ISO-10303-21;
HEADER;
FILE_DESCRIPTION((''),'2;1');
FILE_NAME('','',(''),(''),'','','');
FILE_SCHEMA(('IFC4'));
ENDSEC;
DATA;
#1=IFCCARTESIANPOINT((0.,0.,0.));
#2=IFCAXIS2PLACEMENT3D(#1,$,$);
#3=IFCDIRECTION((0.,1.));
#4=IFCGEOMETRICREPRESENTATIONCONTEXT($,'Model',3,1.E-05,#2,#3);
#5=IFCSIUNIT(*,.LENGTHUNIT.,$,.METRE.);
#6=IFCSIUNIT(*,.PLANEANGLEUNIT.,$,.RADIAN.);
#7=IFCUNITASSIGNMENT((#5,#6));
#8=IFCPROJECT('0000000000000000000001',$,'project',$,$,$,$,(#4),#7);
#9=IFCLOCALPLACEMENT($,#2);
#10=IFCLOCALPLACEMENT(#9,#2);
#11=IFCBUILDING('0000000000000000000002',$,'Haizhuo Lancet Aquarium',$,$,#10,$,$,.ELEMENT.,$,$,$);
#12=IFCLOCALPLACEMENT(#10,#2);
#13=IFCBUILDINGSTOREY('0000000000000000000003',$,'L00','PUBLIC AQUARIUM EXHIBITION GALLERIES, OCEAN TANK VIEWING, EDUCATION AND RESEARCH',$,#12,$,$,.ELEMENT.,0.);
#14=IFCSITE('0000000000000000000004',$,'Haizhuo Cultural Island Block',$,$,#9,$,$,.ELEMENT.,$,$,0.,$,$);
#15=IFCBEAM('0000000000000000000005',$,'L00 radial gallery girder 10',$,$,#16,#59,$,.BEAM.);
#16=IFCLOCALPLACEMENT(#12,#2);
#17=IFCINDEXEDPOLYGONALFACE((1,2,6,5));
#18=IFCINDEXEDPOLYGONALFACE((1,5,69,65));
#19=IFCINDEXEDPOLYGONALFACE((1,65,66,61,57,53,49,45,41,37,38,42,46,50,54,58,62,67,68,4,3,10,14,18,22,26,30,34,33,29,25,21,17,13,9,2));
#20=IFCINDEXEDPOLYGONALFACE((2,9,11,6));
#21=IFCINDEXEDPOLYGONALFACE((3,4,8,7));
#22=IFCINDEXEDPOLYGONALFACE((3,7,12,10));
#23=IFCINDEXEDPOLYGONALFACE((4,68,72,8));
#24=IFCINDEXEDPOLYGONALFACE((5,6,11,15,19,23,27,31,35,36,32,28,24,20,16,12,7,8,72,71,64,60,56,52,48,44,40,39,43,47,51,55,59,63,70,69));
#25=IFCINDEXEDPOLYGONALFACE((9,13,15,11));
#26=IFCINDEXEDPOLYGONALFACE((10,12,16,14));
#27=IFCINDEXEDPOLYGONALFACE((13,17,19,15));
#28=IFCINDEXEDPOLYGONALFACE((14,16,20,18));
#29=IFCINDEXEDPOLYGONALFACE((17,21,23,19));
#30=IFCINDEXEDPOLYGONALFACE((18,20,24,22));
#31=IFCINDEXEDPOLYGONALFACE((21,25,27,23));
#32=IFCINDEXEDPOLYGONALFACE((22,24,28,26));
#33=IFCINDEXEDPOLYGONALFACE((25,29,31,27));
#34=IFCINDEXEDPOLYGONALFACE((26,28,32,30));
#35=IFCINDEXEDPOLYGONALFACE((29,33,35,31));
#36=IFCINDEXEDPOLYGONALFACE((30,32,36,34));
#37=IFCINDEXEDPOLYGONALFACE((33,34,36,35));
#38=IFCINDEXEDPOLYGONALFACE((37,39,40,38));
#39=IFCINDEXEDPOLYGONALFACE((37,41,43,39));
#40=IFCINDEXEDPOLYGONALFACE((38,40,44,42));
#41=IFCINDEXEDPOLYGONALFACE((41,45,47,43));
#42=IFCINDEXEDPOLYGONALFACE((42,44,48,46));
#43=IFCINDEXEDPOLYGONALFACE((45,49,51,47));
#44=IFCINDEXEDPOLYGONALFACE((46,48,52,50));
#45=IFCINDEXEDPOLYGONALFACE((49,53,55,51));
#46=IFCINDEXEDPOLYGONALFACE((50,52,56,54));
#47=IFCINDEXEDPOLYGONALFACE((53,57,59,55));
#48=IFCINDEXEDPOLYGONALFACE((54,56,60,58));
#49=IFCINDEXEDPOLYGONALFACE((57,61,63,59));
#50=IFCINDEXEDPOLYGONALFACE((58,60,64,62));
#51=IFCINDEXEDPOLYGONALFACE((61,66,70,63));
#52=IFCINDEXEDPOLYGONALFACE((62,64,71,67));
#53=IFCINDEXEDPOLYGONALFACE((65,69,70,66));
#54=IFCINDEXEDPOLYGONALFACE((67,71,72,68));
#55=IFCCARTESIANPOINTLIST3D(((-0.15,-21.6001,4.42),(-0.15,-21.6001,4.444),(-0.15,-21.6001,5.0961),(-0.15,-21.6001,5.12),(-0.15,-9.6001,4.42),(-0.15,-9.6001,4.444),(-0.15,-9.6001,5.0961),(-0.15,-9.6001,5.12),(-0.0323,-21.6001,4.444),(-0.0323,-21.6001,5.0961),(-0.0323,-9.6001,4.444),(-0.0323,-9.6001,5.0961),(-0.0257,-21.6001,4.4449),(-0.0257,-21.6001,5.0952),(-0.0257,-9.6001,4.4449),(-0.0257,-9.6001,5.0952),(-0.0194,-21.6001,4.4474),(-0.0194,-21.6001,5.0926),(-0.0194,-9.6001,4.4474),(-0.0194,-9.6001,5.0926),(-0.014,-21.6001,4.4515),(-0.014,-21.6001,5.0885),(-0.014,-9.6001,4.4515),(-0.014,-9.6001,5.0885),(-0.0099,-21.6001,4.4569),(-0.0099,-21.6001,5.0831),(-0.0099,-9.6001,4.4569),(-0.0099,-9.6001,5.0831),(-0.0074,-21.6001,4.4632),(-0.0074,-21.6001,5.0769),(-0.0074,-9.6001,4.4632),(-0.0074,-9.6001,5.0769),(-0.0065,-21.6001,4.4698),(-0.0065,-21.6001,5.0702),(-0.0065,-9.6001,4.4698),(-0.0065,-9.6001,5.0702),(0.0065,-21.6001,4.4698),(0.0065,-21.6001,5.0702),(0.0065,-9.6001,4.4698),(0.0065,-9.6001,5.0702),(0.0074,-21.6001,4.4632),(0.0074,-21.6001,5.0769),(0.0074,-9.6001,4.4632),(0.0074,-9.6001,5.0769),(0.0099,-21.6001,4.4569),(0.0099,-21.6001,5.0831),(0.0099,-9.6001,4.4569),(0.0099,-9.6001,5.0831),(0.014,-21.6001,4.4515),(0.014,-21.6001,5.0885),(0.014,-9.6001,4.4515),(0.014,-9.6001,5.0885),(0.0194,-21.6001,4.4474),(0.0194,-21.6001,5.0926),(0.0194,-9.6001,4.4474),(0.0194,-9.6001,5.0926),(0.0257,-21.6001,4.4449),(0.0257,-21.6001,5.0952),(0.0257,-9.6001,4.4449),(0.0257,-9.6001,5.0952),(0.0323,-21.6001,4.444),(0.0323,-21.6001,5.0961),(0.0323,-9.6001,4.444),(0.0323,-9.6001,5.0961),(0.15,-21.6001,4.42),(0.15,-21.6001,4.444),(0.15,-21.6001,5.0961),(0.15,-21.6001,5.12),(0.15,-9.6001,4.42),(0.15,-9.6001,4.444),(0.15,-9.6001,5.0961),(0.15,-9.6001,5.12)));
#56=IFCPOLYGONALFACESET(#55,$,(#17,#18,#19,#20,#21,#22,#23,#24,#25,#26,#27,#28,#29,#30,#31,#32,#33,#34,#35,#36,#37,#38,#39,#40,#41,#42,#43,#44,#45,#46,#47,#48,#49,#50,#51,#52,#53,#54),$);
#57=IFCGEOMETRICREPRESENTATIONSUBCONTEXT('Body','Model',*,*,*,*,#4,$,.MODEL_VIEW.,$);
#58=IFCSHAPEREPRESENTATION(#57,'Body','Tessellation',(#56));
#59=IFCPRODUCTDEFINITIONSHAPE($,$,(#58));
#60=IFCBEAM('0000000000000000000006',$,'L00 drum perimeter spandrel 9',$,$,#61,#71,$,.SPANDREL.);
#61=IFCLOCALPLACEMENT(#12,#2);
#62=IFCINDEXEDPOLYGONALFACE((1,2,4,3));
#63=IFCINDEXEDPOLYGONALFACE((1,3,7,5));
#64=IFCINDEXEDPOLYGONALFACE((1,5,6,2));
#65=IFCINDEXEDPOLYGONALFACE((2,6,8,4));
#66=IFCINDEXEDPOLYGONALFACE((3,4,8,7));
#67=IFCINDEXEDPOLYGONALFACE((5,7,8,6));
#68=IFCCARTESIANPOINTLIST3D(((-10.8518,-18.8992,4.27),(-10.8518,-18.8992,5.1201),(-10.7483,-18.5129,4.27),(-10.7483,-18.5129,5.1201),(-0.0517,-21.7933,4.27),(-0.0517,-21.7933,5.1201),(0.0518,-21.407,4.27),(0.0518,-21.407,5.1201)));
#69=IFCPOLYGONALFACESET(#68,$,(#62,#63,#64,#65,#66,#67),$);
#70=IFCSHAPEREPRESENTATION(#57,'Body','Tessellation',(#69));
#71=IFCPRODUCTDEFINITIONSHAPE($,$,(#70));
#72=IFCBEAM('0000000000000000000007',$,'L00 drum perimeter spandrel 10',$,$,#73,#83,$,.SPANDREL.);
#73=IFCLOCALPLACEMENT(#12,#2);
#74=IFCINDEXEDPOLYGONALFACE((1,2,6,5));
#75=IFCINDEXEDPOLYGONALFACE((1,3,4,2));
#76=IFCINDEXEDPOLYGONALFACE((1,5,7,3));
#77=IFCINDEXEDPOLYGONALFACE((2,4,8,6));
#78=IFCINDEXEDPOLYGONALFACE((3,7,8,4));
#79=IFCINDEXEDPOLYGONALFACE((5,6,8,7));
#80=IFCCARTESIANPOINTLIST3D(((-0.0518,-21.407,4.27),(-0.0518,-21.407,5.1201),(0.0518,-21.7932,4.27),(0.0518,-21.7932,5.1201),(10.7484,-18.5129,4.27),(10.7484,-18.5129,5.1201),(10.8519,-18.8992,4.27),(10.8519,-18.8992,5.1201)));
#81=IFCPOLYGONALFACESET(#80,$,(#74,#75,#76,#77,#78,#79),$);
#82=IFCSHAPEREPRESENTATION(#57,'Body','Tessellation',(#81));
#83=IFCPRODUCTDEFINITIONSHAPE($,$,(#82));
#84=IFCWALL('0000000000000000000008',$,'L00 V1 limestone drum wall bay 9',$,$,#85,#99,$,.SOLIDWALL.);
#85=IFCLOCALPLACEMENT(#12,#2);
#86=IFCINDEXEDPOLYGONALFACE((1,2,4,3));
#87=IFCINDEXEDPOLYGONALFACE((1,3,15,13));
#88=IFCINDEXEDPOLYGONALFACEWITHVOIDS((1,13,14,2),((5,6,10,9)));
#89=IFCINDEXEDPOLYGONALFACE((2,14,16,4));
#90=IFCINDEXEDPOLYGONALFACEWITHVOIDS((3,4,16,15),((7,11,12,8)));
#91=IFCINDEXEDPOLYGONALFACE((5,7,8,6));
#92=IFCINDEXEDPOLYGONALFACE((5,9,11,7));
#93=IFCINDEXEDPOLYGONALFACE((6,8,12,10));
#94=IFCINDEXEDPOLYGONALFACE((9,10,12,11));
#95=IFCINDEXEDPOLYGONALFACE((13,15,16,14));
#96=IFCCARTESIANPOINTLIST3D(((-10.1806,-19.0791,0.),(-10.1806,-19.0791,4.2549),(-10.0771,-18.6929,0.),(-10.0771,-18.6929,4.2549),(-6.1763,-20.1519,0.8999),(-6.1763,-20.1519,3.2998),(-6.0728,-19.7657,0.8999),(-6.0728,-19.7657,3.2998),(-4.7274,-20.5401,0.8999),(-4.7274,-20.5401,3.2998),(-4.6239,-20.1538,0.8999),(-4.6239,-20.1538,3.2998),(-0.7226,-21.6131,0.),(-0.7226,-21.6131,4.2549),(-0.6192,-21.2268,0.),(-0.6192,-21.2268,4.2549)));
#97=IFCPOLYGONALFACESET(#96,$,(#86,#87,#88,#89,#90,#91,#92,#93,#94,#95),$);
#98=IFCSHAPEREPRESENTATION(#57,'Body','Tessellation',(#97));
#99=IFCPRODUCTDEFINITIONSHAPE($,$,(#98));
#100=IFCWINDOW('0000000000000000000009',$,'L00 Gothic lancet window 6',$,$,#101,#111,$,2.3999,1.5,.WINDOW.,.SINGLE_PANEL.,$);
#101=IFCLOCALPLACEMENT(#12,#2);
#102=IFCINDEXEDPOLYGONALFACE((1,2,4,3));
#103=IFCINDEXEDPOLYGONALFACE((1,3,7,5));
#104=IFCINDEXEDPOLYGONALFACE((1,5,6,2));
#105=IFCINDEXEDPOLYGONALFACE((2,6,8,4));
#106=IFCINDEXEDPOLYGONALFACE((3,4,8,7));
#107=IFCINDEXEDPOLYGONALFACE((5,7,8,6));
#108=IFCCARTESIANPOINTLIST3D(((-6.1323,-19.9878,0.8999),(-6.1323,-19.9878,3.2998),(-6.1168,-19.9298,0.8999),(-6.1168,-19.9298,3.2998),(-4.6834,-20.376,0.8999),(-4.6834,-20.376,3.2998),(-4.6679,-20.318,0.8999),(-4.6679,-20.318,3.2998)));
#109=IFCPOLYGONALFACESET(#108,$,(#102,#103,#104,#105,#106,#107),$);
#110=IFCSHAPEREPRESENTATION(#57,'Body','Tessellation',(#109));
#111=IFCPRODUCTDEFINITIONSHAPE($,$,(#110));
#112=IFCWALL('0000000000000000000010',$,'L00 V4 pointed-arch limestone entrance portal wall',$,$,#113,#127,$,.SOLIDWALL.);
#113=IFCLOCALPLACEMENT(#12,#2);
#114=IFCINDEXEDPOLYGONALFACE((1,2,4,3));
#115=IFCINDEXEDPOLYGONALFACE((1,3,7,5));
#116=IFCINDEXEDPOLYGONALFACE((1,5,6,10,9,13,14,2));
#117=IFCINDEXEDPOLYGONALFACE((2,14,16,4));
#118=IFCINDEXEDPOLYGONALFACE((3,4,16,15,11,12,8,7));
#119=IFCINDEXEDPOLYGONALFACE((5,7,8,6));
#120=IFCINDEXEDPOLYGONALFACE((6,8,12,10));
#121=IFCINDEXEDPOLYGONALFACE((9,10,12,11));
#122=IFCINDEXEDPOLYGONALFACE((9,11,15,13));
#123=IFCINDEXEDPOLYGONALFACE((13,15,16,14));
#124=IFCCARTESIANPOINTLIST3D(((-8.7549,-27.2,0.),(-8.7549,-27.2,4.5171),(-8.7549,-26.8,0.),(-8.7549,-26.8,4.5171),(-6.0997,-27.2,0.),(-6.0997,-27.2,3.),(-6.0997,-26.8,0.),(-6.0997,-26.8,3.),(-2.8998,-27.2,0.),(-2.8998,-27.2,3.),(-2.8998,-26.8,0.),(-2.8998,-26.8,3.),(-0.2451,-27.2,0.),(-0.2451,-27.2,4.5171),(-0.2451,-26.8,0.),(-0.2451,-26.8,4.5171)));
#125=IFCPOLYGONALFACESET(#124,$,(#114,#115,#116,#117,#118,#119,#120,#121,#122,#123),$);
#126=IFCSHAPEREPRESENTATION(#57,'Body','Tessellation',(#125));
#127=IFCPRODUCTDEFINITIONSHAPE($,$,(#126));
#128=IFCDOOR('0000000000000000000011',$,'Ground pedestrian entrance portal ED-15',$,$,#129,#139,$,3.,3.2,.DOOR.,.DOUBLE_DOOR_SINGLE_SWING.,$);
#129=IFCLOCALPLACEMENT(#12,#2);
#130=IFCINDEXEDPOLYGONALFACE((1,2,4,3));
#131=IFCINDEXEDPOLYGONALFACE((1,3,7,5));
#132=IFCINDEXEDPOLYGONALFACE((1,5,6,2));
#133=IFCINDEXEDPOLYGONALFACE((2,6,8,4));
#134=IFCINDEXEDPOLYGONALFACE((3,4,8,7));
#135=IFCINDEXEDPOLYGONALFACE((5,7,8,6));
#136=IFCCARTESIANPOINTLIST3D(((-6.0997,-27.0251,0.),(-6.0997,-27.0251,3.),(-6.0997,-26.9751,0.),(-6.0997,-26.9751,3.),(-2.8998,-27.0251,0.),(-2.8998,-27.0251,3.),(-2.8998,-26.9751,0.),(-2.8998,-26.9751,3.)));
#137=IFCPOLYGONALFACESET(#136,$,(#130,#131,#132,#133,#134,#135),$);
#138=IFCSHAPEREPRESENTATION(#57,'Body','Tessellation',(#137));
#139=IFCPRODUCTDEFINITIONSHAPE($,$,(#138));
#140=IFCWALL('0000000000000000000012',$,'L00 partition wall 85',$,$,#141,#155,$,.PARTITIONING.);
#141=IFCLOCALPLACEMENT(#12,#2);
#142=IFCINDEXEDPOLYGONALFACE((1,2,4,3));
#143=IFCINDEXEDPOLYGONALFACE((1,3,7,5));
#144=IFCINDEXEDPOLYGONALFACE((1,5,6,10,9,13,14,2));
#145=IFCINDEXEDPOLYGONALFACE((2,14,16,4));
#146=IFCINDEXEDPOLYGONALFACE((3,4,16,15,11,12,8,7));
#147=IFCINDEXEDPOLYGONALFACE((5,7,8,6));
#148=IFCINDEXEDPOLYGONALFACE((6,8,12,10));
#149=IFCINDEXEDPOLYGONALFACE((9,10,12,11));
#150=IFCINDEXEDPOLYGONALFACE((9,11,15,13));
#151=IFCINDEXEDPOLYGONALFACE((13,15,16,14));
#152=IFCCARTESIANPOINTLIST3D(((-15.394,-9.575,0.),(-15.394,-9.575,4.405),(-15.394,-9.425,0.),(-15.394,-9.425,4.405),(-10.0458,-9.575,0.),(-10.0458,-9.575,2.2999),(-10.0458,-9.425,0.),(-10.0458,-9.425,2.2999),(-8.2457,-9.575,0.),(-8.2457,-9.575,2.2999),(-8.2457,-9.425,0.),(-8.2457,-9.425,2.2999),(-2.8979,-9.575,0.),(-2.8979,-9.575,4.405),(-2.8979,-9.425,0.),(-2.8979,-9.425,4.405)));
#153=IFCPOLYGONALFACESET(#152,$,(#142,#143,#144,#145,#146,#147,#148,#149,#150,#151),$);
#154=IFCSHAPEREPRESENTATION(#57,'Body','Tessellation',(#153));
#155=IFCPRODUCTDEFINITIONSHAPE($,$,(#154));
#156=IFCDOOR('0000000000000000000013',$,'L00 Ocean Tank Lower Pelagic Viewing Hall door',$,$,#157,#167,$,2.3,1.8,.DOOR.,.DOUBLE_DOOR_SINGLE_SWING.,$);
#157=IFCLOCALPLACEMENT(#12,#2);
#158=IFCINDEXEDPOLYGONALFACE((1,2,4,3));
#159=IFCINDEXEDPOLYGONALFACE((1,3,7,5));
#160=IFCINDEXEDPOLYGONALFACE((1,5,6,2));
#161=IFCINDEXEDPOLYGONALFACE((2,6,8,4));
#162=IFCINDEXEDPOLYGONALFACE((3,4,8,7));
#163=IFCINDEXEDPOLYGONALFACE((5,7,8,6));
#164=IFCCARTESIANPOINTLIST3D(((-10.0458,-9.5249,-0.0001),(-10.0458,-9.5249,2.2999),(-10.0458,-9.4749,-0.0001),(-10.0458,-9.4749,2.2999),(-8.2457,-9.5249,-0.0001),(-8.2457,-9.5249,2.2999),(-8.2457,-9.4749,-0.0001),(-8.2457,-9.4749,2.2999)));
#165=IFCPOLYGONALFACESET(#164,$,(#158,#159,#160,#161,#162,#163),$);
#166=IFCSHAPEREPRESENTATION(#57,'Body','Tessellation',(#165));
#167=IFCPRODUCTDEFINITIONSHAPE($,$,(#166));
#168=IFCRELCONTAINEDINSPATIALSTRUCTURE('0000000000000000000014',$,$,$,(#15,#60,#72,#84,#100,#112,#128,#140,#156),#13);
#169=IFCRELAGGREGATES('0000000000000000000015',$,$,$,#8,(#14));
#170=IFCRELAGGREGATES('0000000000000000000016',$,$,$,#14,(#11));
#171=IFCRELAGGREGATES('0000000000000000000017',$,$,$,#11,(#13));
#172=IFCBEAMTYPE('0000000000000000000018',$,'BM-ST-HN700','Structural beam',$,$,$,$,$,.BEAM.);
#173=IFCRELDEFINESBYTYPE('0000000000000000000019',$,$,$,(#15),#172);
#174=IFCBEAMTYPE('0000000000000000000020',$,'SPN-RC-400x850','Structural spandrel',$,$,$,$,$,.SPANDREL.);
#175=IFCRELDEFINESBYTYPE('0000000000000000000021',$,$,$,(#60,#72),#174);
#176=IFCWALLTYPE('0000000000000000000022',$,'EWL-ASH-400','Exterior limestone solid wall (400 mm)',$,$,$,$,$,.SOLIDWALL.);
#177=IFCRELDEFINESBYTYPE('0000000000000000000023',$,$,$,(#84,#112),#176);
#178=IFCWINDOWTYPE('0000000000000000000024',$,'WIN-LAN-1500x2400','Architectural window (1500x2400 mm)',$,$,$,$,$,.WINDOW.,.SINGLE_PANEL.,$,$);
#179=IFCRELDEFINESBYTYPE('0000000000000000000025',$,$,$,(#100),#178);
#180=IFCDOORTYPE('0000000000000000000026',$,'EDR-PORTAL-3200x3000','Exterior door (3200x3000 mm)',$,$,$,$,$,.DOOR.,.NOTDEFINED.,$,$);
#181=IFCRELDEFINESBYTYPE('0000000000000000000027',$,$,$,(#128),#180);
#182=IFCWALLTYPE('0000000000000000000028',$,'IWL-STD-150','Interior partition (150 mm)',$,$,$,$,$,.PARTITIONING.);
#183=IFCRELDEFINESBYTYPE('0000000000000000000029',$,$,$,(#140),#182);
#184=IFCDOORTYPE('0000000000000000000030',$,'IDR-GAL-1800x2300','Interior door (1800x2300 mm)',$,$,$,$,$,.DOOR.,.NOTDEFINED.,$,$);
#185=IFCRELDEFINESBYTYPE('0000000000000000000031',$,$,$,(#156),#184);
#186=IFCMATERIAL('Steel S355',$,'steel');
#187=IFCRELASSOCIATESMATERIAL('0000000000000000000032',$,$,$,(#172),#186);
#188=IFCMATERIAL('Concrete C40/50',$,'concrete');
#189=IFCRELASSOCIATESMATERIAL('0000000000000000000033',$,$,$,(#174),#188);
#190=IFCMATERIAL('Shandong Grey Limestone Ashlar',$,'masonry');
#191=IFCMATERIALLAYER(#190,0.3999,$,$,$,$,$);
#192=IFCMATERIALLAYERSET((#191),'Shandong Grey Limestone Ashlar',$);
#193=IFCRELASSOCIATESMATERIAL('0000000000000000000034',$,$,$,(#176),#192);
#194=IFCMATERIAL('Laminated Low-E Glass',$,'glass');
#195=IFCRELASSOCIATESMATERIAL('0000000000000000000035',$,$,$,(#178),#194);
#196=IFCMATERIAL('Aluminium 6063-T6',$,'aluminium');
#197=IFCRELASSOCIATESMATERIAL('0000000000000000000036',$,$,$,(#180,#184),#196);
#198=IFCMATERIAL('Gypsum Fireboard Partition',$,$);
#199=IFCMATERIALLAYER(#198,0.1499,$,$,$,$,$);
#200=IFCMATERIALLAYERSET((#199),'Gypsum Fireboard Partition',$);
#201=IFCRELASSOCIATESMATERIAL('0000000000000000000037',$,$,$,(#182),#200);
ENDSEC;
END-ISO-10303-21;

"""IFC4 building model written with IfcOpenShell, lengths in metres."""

from ifc_helpers import new_model, si_unit, direction, frame, frame_2d, origin, origin_2d, place, context, subcontext, project, spatial, rectangle, i_section, extrude, material, layer, layer_set, material_profile, profile_set, type_object, element, fill, save


model = new_model("IFC4")

# Units and contexts
model_context = context("Model", 3, precision=1e-05, world=origin(), true_north=direction((0.0, 1.0)))
body_context = subcontext(model_context, "Body", "Model", "MODEL_VIEW")
ifc_project = project(units=[si_unit("LENGTHUNIT", "METRE"), si_unit("PLANEANGLEUNIT", "RADIAN")], contexts=[model_context])

# Site, building, storey
site_placement = place(None, origin())
site = spatial("IfcSite", under=ifc_project, at=site_placement, Name="Haizhuo Cultural Island Block", CompositionType="ELEMENT", RefElevation=0.0)
building_placement = place(site_placement, origin())
building = spatial("IfcBuilding", under=site, at=building_placement, Name="Haizhuo Lancet Aquarium", CompositionType="ELEMENT")
storey_placement = place(building_placement, origin())
storey = spatial("IfcBuildingStorey", under=building, at=storey_placement, Name="L00", Description="PUBLIC AQUARIUM EXHIBITION GALLERIES, OCEAN TANK VIEWING, EDUCATION AND RESEARCH", CompositionType="ELEMENT", Elevation=0.0)

# Shared definitions
ifc_material_1 = material(Name="Steel S355", Category="steel")

# Beams
ifc_material_2 = material(Name="Concrete C40/50", Category="concrete")
ifc_material_profile_1 = material_profile(ifc_material_1, i_section(OverallWidth=0.3, OverallDepth=0.7, WebThickness=0.0129, FlangeThickness=0.0239, FilletRadius=0.0259, at=origin_2d()), Name="HN 700x300x13x24")
ifc_profile_set_1 = profile_set([ifc_material_profile_1], Name="Steel S355")
beam_type_1 = type_object("IfcBeamType", Name="BM-ST-HN700", Description="Structural beam", PredefinedType="BEAM", material=ifc_profile_set_1)
beam_1_placement = place(storey_placement, frame((0.0, -9.6001, 4.77), z_axis=(0.0, -1.0, 0.0), x_axis=(1.0, 0.0, 0.0)))
element("IfcBeam", 1, at=beam_1_placement, inside=storey, type_object=beam_type_1, Name="L00 radial gallery girder 10", PredefinedType="BEAM", context=body_context, shape_type="SweptSolid", body=[
    extrude(i_section(OverallWidth=0.3, OverallDepth=0.7, WebThickness=0.0129, FlangeThickness=0.0239, FilletRadius=0.0259, at=origin_2d()), origin(), (0.0, 0.0, 1.0), 12.0),
])
ifc_material_profile_2 = material_profile(ifc_material_2, rectangle(XDim=0.3999, YDim=0.8501, at=origin_2d()), Name="RC-SP 400x850")
ifc_profile_set_2 = profile_set([ifc_material_profile_2], Name="Concrete C40/50")
beam_type_2 = type_object("IfcBeamType", Name="SPN-RC-400x850", Description="Structural spandrel", PredefinedType="SPANDREL", material=ifc_profile_set_2)
for number, where, z_axis, x_axis, name in (
    (2, (-10.8, -18.7061, 4.6951), (0.965922, -0.258834, 0.0), (0.258834, 0.965922, 0.0), "L00 drum perimeter spandrel 9"),
    (3, (0.0, -21.6001, 4.6951), (0.965922, 0.258834, 0.0), (-0.258834, 0.965922, 0.0), "L00 drum perimeter spandrel 10"),
):
    element("IfcBeam", number, at=place(storey_placement, frame(where, z_axis=z_axis, x_axis=x_axis)), inside=storey, type_object=beam_type_2, Name=name, PredefinedType="SPANDREL", context=body_context, shape_type="SweptSolid", body=[
        extrude(rectangle(XDim=0.3999, YDim=0.8501, at=origin_2d()), origin(), (0.0, 0.0, 1.0), 11.1812),
    ])

# Wall, opening, window
ifc_material_3 = material(Name="Shandong Grey Limestone Ashlar", Category="masonry")
ifc_layer_1 = layer(ifc_material_3, 0.3999)
ifc_layer_set_1 = layer_set([ifc_layer_1], Name="Shandong Grey Limestone Ashlar")
wall_type_1 = type_object("IfcWallType", Name="EWL-ASH-400", Description="Exterior limestone solid wall (400 mm)", PredefinedType="SOLIDWALL", material=ifc_layer_set_1)
wall_1_placement = place(storey_placement, frame((-0.6709, -21.4199, 0.0), z_axis=(0.0, 0.0, 1.0), x_axis=(-0.965934, 0.258788, 0.0)))
wall_1 = element("IfcWall", 4, at=wall_1_placement, inside=storey, type_object=wall_type_1, Name="L00 V1 limestone drum wall bay 9", PredefinedType="SOLIDWALL", context=body_context, shape_type="SweptSolid", body=[
    extrude(rectangle(XDim=9.7915, YDim=0.3999, at=frame_2d((4.8958, 0.0))), origin(), (0.0, 0.0, 1.0), 4.2549),
])
opening_1_placement = place(wall_1_placement, frame((4.146, 0.0, 0.8999)))
opening_1 = element("IfcOpeningElement", 5, at=opening_1_placement, cuts=wall_1, PredefinedType="OPENING", context=body_context, shape_type="SweptSolid", body=[
    extrude(rectangle(XDim=1.5, YDim=2.3999, at=frame_2d((0.75, 1.2))), frame((0.0, 0.21, 0.0), z_axis=(0.0, -1.0, 0.0), x_axis=(1.0, 0.0, 0.0)), (0.0, 0.0, 1.0), 0.4199),
])
ifc_material_4 = material(Name="Laminated Low-E Glass", Category="glass")
window_type = type_object("IfcWindowType", Name="WIN-LAN-1500x2400", Description="Architectural window (1500x2400 mm)", PartitioningType="SINGLE_PANEL", PredefinedType="WINDOW", material=ifc_material_4)
window_placement = place(opening_1_placement, origin())
window = element("IfcWindow", 6, at=window_placement, inside=storey, type_object=window_type, Name="L00 Gothic lancet window 6", OverallHeight=2.3999, OverallWidth=1.5, PartitioningType="SINGLE_PANEL", PredefinedType="WINDOW", context=body_context, shape_type="SweptSolid", body=[
    extrude(rectangle(XDim=1.5, YDim=2.3999, at=frame_2d((0.75, 1.2))), frame((0.0, 0.03, 0.0), z_axis=(0.0, -1.0, 0.0), x_axis=(1.0, 0.0, 0.0)), (0.0, 0.0, 1.0), 0.0601),
])
fill(opening_1, window)

# Walls, openings, doors
wall_2_placement = place(storey_placement, frame((-8.7549, -27.0, 0.0), z_axis=(0.0, 0.0, 1.0), x_axis=(1.0, 0.0, 0.0)))
wall_2 = element("IfcWall", 7, at=wall_2_placement, inside=storey, type_object=wall_type_1, Name="L00 V4 pointed-arch limestone entrance portal wall", PredefinedType="SOLIDWALL", context=body_context, shape_type="SweptSolid", body=[
    extrude(rectangle(XDim=8.5098, YDim=0.3999, at=frame_2d((4.2549, 0.0))), origin(), (0.0, 0.0, 1.0), 4.5171),
])
opening_2_placement = place(wall_2_placement, frame((2.655, 0.0, 0.0)))
opening_2 = element("IfcOpeningElement", 8, at=opening_2_placement, cuts=wall_2, PredefinedType="OPENING", context=body_context, shape_type="SweptSolid", body=[
    extrude(rectangle(XDim=3.2, YDim=3.0, at=frame_2d((1.6001, 1.5))), frame((0.0, 0.21, 0.0), z_axis=(0.0, -1.0, 0.0), x_axis=(1.0, 0.0, 0.0)), (0.0, 0.0, 1.0), 0.4199),
])
ifc_material_5 = material(Name="Aluminium 6063-T6", Category="aluminium")
door_type_1 = type_object("IfcDoorType", Name="EDR-PORTAL-3200x3000", Description="Exterior door (3200x3000 mm)", OperationType="NOTDEFINED", PredefinedType="DOOR", material=ifc_material_5)
door_1_placement = place(opening_2_placement, origin())
door_1 = element("IfcDoor", 9, at=door_1_placement, inside=storey, type_object=door_type_1, Name="Ground pedestrian entrance portal ED-15", OperationType="DOUBLE_DOOR_SINGLE_SWING", OverallHeight=3.0, OverallWidth=3.2, PredefinedType="DOOR", context=body_context, shape_type="SweptSolid", body=[
    extrude(rectangle(XDim=3.2, YDim=3.0, at=frame_2d((1.6001, 1.5))), frame((0.0, 0.0249, 0.0), z_axis=(0.0, -1.0, 0.0), x_axis=(1.0, 0.0, 0.0)), (0.0, 0.0, 1.0), 0.05),
])
fill(opening_2, door_1)
ifc_material_6 = material(Name="Gypsum Fireboard Partition")
ifc_layer_2 = layer(ifc_material_6, 0.1499)
ifc_layer_set_2 = layer_set([ifc_layer_2], Name="Gypsum Fireboard Partition")
wall_type_2 = type_object("IfcWallType", Name="IWL-STD-150", Description="Interior partition (150 mm)", PredefinedType="PARTITIONING", material=ifc_layer_set_2)
wall_3_placement = place(storey_placement, frame((-2.8979, -9.5, 0.0), z_axis=(0.0, 0.0, 1.0), x_axis=(-1.0, 0.0, 0.0)))
wall_3 = element("IfcWall", 10, at=wall_3_placement, inside=storey, type_object=wall_type_2, Name="L00 partition wall 85", PredefinedType="PARTITIONING", context=body_context, shape_type="SweptSolid", body=[
    extrude(rectangle(XDim=12.4961, YDim=0.1499, at=frame_2d((6.248, 0.0))), origin(), (0.0, 0.0, 1.0), 4.405),
])
opening_3_placement = place(wall_3_placement, frame((5.3479, 0.0, 0.0)))
opening_3 = element("IfcOpeningElement", 11, at=opening_3_placement, cuts=wall_3, PredefinedType="OPENING", context=body_context, shape_type="SweptSolid", body=[
    extrude(rectangle(XDim=1.8, YDim=2.3, at=frame_2d((0.8999, 1.1499))), frame((0.0, 0.085, 0.0), z_axis=(0.0, -1.0, 0.0), x_axis=(1.0, 0.0, 0.0)), (0.0, 0.0, 1.0), 0.1699),
])
door_type_2 = type_object("IfcDoorType", Name="IDR-GAL-1800x2300", Description="Interior door (1800x2300 mm)", OperationType="NOTDEFINED", PredefinedType="DOOR", material=ifc_material_5)
door_2_placement = place(opening_3_placement, origin())
door_2 = element("IfcDoor", 12, at=door_2_placement, inside=storey, type_object=door_type_2, Name="L00 Ocean Tank Lower Pelagic Viewing Hall door", OperationType="DOUBLE_DOOR_SINGLE_SWING", OverallHeight=2.3, OverallWidth=1.8, PredefinedType="DOOR", context=body_context, shape_type="SweptSolid", body=[
    extrude(rectangle(XDim=1.8, YDim=2.3, at=frame_2d((0.8999, 1.1499))), frame((0.0, 0.0249, 0.0), z_axis=(0.0, -1.0, 0.0), x_axis=(1.0, 0.0, 0.0)), (0.0, 0.0, 1.0), 0.05),
])
fill(opening_3, door_2)

save(model, "model.ifc")
